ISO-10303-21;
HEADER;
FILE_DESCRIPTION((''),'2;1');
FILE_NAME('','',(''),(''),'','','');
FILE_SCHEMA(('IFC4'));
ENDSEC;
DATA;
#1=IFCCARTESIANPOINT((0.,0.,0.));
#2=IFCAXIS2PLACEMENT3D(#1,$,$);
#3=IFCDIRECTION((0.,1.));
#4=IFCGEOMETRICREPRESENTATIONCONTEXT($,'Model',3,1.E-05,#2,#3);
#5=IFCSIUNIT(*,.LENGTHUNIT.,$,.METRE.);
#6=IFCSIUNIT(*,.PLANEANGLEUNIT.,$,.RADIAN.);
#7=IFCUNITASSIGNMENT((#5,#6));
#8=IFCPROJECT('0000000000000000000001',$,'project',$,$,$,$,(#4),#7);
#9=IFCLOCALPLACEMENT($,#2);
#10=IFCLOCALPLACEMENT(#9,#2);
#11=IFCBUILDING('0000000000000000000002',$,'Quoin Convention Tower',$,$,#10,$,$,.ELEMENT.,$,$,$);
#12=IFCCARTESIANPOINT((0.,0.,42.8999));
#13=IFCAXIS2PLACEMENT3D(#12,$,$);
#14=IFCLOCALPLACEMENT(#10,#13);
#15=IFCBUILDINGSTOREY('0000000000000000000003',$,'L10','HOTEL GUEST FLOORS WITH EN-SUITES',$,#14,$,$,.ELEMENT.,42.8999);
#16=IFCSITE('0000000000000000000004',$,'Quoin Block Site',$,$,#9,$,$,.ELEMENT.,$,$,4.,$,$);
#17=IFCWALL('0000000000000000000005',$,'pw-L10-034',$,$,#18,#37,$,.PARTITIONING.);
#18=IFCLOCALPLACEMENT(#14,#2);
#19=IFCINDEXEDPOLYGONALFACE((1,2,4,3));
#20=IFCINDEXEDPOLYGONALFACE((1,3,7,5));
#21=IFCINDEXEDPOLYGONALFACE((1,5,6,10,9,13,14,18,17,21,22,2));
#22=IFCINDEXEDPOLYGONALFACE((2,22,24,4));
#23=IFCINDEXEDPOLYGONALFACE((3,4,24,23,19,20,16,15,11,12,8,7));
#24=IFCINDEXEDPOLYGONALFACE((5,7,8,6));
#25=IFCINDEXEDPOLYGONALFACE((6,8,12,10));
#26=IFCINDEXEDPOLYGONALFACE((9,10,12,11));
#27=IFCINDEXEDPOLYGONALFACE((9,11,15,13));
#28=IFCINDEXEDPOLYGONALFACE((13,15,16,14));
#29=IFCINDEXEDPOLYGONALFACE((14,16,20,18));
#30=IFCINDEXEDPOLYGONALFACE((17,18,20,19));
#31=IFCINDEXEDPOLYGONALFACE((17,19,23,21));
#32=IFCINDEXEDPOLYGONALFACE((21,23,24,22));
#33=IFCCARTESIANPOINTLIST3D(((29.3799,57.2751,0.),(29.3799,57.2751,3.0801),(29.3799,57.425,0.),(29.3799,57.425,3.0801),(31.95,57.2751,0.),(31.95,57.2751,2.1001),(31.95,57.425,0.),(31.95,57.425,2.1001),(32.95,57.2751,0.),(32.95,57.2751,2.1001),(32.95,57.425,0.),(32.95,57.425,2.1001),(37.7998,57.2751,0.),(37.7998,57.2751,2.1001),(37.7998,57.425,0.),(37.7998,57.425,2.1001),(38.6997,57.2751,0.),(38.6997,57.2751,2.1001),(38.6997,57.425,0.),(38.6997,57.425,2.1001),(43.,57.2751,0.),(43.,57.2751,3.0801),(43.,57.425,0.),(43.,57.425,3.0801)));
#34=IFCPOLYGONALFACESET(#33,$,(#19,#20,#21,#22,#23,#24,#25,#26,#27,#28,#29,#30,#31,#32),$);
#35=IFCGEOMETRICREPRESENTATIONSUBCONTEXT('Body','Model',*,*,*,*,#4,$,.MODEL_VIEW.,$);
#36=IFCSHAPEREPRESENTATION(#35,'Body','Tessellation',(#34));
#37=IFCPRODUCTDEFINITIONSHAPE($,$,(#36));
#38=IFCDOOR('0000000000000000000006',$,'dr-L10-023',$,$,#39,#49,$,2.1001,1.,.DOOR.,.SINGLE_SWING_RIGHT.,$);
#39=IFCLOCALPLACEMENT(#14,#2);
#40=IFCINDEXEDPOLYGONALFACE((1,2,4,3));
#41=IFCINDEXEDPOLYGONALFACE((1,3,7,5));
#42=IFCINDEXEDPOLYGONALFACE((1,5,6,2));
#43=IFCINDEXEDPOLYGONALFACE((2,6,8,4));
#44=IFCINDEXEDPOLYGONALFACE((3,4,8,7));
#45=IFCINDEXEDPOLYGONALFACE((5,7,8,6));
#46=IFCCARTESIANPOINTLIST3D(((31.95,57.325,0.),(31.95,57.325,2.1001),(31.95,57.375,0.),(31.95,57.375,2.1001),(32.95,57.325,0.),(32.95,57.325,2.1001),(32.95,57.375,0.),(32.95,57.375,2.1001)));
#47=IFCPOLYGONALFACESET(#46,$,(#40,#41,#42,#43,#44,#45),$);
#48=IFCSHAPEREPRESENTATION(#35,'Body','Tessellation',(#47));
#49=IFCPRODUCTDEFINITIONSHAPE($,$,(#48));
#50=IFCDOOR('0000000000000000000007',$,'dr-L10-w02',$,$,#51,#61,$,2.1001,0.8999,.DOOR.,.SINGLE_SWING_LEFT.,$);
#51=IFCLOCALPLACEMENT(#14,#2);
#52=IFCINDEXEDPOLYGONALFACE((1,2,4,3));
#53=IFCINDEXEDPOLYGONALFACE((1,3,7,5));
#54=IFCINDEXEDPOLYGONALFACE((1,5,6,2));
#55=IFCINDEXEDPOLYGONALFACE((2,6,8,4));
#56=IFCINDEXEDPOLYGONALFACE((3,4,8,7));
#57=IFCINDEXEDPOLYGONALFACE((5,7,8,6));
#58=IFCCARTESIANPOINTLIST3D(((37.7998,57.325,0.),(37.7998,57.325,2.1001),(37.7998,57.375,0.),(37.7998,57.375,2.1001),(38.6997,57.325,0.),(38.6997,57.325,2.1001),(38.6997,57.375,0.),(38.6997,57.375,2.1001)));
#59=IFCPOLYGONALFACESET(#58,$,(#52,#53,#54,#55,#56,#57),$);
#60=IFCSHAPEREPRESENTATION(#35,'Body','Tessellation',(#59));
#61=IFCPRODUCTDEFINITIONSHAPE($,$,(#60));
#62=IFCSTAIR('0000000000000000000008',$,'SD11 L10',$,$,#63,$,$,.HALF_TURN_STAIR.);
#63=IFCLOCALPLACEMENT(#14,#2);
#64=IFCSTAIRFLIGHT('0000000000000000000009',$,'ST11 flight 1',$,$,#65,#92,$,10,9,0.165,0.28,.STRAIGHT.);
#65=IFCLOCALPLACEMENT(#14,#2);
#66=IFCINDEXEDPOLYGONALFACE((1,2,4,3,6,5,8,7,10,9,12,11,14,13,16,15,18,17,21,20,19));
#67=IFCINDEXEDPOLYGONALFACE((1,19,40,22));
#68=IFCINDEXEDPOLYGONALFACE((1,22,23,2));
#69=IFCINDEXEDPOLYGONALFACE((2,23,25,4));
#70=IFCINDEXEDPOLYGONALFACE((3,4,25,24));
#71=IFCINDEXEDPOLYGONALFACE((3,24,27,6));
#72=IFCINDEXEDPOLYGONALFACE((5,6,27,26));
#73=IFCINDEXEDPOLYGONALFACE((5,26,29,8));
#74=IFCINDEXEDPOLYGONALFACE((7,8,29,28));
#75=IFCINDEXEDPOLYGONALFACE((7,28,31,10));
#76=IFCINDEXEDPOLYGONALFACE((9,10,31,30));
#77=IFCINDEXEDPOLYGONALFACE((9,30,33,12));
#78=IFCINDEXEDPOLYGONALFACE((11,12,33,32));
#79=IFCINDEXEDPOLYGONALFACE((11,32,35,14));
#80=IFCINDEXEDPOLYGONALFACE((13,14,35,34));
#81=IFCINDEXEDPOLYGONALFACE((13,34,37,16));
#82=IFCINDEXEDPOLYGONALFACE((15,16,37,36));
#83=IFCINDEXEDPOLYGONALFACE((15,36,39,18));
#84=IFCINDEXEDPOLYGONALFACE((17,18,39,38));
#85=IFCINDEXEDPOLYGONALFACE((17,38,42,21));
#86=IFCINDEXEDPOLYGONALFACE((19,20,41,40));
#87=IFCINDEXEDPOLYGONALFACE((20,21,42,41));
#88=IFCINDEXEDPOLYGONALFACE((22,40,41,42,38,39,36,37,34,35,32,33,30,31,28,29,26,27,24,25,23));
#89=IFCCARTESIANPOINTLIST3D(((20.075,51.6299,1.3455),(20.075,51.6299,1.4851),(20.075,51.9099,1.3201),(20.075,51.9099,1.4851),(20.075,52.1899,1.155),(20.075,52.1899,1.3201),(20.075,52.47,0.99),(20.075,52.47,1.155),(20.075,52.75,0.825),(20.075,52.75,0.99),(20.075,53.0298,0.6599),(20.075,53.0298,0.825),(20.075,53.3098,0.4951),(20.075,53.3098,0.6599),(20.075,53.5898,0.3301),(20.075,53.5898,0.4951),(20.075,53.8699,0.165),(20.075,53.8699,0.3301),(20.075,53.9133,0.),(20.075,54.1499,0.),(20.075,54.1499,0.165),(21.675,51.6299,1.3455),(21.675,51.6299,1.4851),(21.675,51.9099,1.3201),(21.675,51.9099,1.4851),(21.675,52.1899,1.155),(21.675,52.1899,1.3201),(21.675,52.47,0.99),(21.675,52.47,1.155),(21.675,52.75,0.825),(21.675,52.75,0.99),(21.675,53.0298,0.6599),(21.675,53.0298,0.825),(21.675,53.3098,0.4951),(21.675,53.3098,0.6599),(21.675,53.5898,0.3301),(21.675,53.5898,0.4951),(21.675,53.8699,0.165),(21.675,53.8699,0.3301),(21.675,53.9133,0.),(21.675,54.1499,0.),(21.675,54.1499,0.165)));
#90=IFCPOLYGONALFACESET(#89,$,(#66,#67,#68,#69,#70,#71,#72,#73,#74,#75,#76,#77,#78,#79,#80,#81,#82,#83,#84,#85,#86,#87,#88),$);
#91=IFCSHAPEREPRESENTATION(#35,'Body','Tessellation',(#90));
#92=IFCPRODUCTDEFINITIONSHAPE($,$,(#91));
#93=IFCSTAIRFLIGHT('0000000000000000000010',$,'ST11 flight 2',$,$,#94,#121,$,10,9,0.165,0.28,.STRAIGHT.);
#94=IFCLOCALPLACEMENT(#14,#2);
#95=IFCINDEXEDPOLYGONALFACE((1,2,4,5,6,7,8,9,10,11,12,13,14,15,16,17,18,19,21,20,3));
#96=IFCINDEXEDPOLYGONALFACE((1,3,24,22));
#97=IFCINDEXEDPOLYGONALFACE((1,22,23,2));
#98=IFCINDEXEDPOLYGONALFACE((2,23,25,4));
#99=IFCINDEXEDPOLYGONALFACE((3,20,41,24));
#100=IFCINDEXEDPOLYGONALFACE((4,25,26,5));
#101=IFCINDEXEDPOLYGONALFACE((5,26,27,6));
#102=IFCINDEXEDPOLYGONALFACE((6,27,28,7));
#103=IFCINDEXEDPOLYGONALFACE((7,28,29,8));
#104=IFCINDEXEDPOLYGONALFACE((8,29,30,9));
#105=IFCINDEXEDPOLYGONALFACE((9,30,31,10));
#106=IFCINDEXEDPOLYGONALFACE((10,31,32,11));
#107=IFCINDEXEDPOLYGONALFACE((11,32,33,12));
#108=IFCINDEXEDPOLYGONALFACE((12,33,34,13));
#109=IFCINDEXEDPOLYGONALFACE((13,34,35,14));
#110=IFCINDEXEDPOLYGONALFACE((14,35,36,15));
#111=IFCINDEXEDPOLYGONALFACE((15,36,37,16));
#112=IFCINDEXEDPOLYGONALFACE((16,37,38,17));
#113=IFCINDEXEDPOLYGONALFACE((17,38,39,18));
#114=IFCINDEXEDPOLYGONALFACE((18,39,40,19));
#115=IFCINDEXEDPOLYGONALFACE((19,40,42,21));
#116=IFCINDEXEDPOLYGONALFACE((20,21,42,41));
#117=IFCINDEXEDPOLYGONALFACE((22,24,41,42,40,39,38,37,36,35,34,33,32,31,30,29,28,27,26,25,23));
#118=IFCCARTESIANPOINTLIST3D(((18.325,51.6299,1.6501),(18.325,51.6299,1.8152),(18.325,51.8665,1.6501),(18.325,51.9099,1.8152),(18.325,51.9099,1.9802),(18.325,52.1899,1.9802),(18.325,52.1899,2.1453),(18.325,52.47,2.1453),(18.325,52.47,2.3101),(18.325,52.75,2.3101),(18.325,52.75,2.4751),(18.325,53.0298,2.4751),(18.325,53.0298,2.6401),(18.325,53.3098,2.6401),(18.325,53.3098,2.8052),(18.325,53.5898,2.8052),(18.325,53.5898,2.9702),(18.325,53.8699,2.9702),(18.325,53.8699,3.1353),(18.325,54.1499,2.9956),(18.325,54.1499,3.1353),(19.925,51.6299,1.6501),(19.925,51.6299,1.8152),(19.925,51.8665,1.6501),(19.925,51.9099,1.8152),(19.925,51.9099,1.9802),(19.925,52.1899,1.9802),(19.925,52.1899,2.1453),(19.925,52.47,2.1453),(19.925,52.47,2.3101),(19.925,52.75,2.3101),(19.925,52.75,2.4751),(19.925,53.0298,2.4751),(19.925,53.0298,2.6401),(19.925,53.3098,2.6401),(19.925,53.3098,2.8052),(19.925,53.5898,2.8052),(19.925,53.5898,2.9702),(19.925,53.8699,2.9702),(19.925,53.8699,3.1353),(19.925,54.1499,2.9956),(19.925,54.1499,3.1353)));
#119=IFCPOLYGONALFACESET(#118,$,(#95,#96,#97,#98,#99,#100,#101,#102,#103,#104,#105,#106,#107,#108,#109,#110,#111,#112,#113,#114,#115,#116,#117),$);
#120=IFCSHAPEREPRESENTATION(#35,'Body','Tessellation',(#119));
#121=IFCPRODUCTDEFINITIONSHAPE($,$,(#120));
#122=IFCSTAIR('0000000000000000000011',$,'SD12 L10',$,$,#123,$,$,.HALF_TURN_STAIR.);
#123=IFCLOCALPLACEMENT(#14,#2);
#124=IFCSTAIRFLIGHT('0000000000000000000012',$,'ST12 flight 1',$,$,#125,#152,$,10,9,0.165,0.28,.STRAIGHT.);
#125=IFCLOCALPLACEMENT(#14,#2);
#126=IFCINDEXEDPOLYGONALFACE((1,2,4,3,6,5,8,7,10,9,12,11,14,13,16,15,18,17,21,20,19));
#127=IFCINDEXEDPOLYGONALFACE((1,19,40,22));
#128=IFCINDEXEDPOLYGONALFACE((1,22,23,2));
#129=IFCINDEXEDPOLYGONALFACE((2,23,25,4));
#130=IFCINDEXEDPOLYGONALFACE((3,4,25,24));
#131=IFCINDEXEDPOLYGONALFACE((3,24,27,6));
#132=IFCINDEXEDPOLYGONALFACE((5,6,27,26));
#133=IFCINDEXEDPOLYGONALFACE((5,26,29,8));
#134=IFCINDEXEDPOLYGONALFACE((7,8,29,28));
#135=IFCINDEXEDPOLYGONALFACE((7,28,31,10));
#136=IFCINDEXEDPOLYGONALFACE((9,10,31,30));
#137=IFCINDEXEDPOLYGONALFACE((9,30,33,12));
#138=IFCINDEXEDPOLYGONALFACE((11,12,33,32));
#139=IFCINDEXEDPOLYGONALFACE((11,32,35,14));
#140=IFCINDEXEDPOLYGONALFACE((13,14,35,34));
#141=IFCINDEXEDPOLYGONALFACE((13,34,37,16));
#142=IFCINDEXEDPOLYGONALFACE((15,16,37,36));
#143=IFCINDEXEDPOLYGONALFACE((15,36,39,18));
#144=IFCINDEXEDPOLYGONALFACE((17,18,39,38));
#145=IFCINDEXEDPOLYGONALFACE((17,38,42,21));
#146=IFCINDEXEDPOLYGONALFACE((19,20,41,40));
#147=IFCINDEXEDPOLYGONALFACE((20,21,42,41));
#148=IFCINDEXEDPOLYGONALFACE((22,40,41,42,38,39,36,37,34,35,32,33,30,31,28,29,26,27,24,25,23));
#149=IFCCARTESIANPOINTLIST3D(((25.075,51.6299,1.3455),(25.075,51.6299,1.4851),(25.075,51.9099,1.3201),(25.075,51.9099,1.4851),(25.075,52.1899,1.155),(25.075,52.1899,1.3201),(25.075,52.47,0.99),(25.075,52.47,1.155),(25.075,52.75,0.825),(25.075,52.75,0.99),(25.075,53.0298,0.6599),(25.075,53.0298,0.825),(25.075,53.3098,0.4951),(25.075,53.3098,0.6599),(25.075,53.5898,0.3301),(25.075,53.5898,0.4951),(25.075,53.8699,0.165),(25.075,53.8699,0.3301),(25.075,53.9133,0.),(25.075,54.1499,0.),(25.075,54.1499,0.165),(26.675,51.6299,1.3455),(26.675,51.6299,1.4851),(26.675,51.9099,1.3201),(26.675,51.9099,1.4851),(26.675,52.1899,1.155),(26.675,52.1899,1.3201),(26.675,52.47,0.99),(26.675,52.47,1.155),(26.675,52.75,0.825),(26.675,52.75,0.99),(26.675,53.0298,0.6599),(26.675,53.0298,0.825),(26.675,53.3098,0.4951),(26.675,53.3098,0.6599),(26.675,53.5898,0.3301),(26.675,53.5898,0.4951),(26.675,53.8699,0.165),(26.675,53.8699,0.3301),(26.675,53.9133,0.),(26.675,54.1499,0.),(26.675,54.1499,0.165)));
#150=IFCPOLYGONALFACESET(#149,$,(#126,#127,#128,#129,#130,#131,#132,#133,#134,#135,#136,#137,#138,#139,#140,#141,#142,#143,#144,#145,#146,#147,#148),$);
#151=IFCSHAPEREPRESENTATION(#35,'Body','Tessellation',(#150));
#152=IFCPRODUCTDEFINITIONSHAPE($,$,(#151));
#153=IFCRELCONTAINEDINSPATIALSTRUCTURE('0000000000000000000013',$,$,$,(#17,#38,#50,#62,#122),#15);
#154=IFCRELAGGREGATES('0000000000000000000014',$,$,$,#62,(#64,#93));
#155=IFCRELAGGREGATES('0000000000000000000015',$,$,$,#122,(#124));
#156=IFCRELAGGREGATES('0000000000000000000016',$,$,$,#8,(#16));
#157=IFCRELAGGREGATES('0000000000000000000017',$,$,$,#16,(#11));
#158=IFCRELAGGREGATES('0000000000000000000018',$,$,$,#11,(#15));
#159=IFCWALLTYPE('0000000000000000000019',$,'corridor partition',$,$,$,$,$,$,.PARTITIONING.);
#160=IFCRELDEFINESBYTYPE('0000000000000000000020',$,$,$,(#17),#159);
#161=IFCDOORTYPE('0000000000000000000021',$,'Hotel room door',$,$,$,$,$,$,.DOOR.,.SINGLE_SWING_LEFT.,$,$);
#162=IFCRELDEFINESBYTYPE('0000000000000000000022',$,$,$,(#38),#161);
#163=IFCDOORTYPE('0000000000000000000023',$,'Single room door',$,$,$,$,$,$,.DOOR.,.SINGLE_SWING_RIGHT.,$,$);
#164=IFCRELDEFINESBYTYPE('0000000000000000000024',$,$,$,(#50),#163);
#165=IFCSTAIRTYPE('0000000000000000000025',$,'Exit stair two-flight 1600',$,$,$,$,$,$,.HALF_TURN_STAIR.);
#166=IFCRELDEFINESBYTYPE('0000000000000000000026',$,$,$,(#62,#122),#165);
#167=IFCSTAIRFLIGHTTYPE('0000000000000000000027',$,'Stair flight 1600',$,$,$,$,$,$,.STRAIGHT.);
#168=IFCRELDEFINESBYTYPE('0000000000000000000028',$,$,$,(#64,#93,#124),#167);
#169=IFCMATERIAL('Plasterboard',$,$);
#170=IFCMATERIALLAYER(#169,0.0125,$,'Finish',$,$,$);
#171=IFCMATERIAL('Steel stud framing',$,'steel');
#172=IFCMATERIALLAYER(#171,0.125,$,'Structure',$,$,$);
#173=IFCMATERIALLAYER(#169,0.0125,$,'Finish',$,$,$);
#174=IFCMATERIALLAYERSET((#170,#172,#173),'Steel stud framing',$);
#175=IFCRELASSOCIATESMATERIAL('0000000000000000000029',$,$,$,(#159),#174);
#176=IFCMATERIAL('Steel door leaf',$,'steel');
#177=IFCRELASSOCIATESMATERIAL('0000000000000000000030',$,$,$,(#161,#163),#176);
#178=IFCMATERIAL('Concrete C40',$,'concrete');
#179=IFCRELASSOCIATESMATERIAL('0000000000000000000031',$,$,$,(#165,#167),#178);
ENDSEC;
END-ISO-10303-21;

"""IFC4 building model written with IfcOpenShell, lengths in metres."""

from ifc_helpers import new_model, si_unit, direction, frame, frame_2d, origin, place, context, subcontext, project, spatial, polyline, rectangle, outline, extrude, material, layer, layer_set, type_object, element, fill, aggregate, save


model = new_model("IFC4")

# Units and contexts
model_context = context("Model", 3, precision=1e-05, world=origin(), true_north=direction((0.0, 1.0)))
body_context = subcontext(model_context, "Body", "Model", "MODEL_VIEW")
ifc_project = project(units=[si_unit("LENGTHUNIT", "METRE"), si_unit("PLANEANGLEUNIT", "RADIAN")], contexts=[model_context])

# Site, building, storey
site_placement = place(None, origin())
site = spatial("IfcSite", under=ifc_project, at=site_placement, Name="Quoin Block Site", CompositionType="ELEMENT", RefElevation=4.0)
building_placement = place(site_placement, origin())
building = spatial("IfcBuilding", under=site, at=building_placement, Name="Quoin Convention Tower", CompositionType="ELEMENT")
storey_placement = place(building_placement, frame((0.0, 0.0, 42.8999)))
storey = spatial("IfcBuildingStorey", under=building, at=storey_placement, Name="L10", Description="HOTEL GUEST FLOORS WITH EN-SUITES", CompositionType="ELEMENT", Elevation=42.8999)

# Shared definitions
ifc_material_1 = material(Name="Steel door leaf", Category="steel")

# Shared definitions
ifc_material_2 = material(Name="Plasterboard")
ifc_layer_1 = layer(ifc_material_2, 0.0125, Name="Finish")
ifc_material_3 = material(Name="Steel stud framing", Category="steel")
ifc_layer_2 = layer(ifc_material_3, 0.125, Name="Structure")
ifc_layer_3 = layer(ifc_material_2, 0.0125, Name="Finish")
ifc_layer_set_1 = layer_set([ifc_layer_1, ifc_layer_2, ifc_layer_3], Name="Steel stud framing")
wall_type_1 = type_object("IfcWallType", Name="corridor partition", PredefinedType="PARTITIONING", material=ifc_layer_set_1)

# Wall, openings, doors
wall_1_placement = place(storey_placement, frame((29.3799, 57.3501, 0.0), z_axis=(0.0, 0.0, 1.0), x_axis=(1.0, 0.0, 0.0)))
wall_1 = element("IfcWall", 1, at=wall_1_placement, inside=storey, type_object=wall_type_1, Name="pw-L10-034", PredefinedType="PARTITIONING", context=body_context, shape_type="SweptSolid", body=[
    extrude(rectangle(XDim=13.6201, YDim=0.1499, at=frame_2d((6.8101, 0.0))), origin(), (0.0, 0.0, 1.0), 3.0801),
])
opening_1_placement = place(wall_1_placement, frame((2.5701, 0.0, 0.0)))
opening_1 = element("IfcOpeningElement", 2, at=opening_1_placement, cuts=wall_1, PredefinedType="OPENING", context=body_context, shape_type="SweptSolid", body=[
    extrude(rectangle(XDim=1.0, YDim=2.1001, at=frame_2d((0.5, 1.05))), frame((0.0, 0.085, 0.0), z_axis=(0.0, -1.0, 0.0), x_axis=(1.0, 0.0, 0.0)), (0.0, 0.0, 1.0), 0.1699),
])
opening_2_placement = place(wall_1_placement, frame((8.4199, 0.0, 0.0)))
opening_2 = element("IfcOpeningElement", 3, at=opening_2_placement, cuts=wall_1, PredefinedType="OPENING", context=body_context, shape_type="SweptSolid", body=[
    extrude(rectangle(XDim=0.8999, YDim=2.1001, at=frame_2d((0.45, 1.05))), frame((0.0, 0.085, 0.0), z_axis=(0.0, -1.0, 0.0), x_axis=(1.0, 0.0, 0.0)), (0.0, 0.0, 1.0), 0.1699),
])
door_type_1 = type_object("IfcDoorType", Name="Hotel room door", OperationType="SINGLE_SWING_LEFT", PredefinedType="DOOR", material=ifc_material_1)
door_1_placement = place(opening_1_placement, origin())
door_1 = element("IfcDoor", 4, at=door_1_placement, inside=storey, type_object=door_type_1, Name="dr-L10-023", OperationType="SINGLE_SWING_RIGHT", OverallHeight=2.1001, OverallWidth=1.0, PredefinedType="DOOR", context=body_context, shape_type="SweptSolid", body=[
    extrude(rectangle(XDim=1.0, YDim=2.1001, at=frame_2d((0.5, 1.05))), frame((0.0, 0.0249, 0.0), z_axis=(0.0, -1.0, 0.0), x_axis=(1.0, 0.0, 0.0)), (0.0, 0.0, 1.0), 0.05),
])
fill(opening_1, door_1)
door_type_2 = type_object("IfcDoorType", Name="Single room door", OperationType="SINGLE_SWING_RIGHT", PredefinedType="DOOR", material=ifc_material_1)
door_2_placement = place(opening_2_placement, origin())
door_2 = element("IfcDoor", 5, at=door_2_placement, inside=storey, type_object=door_type_2, Name="dr-L10-w02", OperationType="SINGLE_SWING_LEFT", OverallHeight=2.1001, OverallWidth=0.8999, PredefinedType="DOOR", context=body_context, shape_type="SweptSolid", body=[
    extrude(rectangle(XDim=0.8999, YDim=2.1001, at=frame_2d((0.45, 1.05))), frame((0.0, 0.0249, 0.0), z_axis=(0.0, -1.0, 0.0), x_axis=(1.0, 0.0, 0.0)), (0.0, 0.0, 1.0), 0.05),
])
fill(opening_2, door_2)

# Stairs, stair flights
ifc_material_4 = material(Name="Concrete C40", Category="concrete")
stair_type = type_object("IfcStairType", Name="Exit stair two-flight 1600", PredefinedType="HALF_TURN_STAIR", material=ifc_material_4)
stair_1_placement = place(storey_placement, origin())
stair_1 = element("IfcStair", 6, at=stair_1_placement, inside=storey, type_object=stair_type, Name="SD11 L10", PredefinedType="HALF_TURN_STAIR")
stair_flight_type = type_object("IfcStairFlightType", Name="Stair flight 1600", PredefinedType="STRAIGHT", material=ifc_material_4)
stair_flight_1_placement = place(storey_placement, frame((20.875, 54.1499, 0.0), z_axis=(0.0, 0.0, 1.0), x_axis=(0.0, -1.0, 0.0)))
stair_flight_1 = element("IfcStairFlight", 7, at=stair_flight_1_placement, type_object=stair_flight_type, Name="ST11 flight 1", NumberOfRisers=10, NumberOfTreads=9, PredefinedType="STRAIGHT", RiserHeight=0.165, TreadLength=0.28, context=body_context, shape_type="SweptSolid", body=[
    extrude(outline(polyline([(0.0, 0.0), (0.0, 0.165), (0.28, 0.165), (0.28, 0.3301), (0.5601, 0.3301), (0.5601, 0.4951), (0.8401, 0.4951), (0.8401, 0.6599), (1.1201, 0.6599), (1.1201, 0.825), (1.3999, 0.825), (1.3999, 0.99), (1.6799, 0.99), (1.6799, 1.155), (1.96, 1.155), (1.96, 1.3201), (2.24, 1.3201), (2.24, 1.4851), (2.52, 1.4851), (2.52, 1.6499), (2.52, 1.3455), (0.2366, 0.0), (0.0, 0.0)])), frame((0.0, 0.8, 0.0), z_axis=(0.0, -1.0, 0.0), x_axis=(1.0, 0.0, 0.0)), (0.0, 0.0, 1.0), 1.6001),
])
stair_flight_2_placement = place(storey_placement, frame((19.125, 51.6299, 1.6501), z_axis=(0.0, 0.0, 1.0), x_axis=(0.0, 1.0, 0.0)))
stair_flight_2 = element("IfcStairFlight", 8, at=stair_flight_2_placement, type_object=stair_flight_type, Name="ST11 flight 2", NumberOfRisers=10, NumberOfTreads=9, PredefinedType="STRAIGHT", RiserHeight=0.165, TreadLength=0.28, context=body_context, shape_type="SweptSolid", body=[
    extrude(outline(polyline([(0.0, 0.0), (0.0, 0.165), (0.28, 0.165), (0.28, 0.3301), (0.5601, 0.3301), (0.5601, 0.4951), (0.8401, 0.4951), (0.8401, 0.6599), (1.1201, 0.6599), (1.1201, 0.825), (1.3999, 0.825), (1.3999, 0.99), (1.6799, 0.99), (1.6799, 1.155), (1.96, 1.155), (1.96, 1.3201), (2.24, 1.3201), (2.24, 1.4851), (2.52, 1.4851), (2.52, 1.6499), (2.52, 1.3455), (0.2366, 0.0), (0.0, 0.0)])), frame((0.0, 0.8, 0.0), z_axis=(0.0, -1.0, 0.0), x_axis=(1.0, 0.0, 0.0)), (0.0, 0.0, 1.0), 1.6001),
])
aggregate(stair_1, [stair_flight_1, stair_flight_2])
stair_2_placement = place(storey_placement, origin())
stair_2 = element("IfcStair", 9, at=stair_2_placement, inside=storey, type_object=stair_type, Name="SD12 L10", PredefinedType="HALF_TURN_STAIR")
stair_flight_3_placement = place(storey_placement, frame((25.875, 54.1499, 0.0), z_axis=(0.0, 0.0, 1.0), x_axis=(0.0, -1.0, 0.0)))
stair_flight_3 = element("IfcStairFlight", 10, at=stair_flight_3_placement, type_object=stair_flight_type, Name="ST12 flight 1", NumberOfRisers=10, NumberOfTreads=9, PredefinedType="STRAIGHT", RiserHeight=0.165, TreadLength=0.28, context=body_context, shape_type="SweptSolid", body=[
    extrude(outline(polyline([(0.0, 0.0), (0.0, 0.165), (0.28, 0.165), (0.28, 0.3301), (0.5601, 0.3301), (0.5601, 0.4951), (0.8401, 0.4951), (0.8401, 0.6599), (1.1201, 0.6599), (1.1201, 0.825), (1.3999, 0.825), (1.3999, 0.99), (1.6799, 0.99), (1.6799, 1.155), (1.96, 1.155), (1.96, 1.3201), (2.24, 1.3201), (2.24, 1.4851), (2.52, 1.4851), (2.52, 1.6499), (2.52, 1.3455), (0.2366, 0.0), (0.0, 0.0)])), frame((0.0, 0.8, 0.0), z_axis=(0.0, -1.0, 0.0), x_axis=(1.0, 0.0, 0.0)), (0.0, 0.0, 1.0), 1.6001),
])
aggregate(stair_2, [stair_flight_3])

save(model, "model.ifc")
